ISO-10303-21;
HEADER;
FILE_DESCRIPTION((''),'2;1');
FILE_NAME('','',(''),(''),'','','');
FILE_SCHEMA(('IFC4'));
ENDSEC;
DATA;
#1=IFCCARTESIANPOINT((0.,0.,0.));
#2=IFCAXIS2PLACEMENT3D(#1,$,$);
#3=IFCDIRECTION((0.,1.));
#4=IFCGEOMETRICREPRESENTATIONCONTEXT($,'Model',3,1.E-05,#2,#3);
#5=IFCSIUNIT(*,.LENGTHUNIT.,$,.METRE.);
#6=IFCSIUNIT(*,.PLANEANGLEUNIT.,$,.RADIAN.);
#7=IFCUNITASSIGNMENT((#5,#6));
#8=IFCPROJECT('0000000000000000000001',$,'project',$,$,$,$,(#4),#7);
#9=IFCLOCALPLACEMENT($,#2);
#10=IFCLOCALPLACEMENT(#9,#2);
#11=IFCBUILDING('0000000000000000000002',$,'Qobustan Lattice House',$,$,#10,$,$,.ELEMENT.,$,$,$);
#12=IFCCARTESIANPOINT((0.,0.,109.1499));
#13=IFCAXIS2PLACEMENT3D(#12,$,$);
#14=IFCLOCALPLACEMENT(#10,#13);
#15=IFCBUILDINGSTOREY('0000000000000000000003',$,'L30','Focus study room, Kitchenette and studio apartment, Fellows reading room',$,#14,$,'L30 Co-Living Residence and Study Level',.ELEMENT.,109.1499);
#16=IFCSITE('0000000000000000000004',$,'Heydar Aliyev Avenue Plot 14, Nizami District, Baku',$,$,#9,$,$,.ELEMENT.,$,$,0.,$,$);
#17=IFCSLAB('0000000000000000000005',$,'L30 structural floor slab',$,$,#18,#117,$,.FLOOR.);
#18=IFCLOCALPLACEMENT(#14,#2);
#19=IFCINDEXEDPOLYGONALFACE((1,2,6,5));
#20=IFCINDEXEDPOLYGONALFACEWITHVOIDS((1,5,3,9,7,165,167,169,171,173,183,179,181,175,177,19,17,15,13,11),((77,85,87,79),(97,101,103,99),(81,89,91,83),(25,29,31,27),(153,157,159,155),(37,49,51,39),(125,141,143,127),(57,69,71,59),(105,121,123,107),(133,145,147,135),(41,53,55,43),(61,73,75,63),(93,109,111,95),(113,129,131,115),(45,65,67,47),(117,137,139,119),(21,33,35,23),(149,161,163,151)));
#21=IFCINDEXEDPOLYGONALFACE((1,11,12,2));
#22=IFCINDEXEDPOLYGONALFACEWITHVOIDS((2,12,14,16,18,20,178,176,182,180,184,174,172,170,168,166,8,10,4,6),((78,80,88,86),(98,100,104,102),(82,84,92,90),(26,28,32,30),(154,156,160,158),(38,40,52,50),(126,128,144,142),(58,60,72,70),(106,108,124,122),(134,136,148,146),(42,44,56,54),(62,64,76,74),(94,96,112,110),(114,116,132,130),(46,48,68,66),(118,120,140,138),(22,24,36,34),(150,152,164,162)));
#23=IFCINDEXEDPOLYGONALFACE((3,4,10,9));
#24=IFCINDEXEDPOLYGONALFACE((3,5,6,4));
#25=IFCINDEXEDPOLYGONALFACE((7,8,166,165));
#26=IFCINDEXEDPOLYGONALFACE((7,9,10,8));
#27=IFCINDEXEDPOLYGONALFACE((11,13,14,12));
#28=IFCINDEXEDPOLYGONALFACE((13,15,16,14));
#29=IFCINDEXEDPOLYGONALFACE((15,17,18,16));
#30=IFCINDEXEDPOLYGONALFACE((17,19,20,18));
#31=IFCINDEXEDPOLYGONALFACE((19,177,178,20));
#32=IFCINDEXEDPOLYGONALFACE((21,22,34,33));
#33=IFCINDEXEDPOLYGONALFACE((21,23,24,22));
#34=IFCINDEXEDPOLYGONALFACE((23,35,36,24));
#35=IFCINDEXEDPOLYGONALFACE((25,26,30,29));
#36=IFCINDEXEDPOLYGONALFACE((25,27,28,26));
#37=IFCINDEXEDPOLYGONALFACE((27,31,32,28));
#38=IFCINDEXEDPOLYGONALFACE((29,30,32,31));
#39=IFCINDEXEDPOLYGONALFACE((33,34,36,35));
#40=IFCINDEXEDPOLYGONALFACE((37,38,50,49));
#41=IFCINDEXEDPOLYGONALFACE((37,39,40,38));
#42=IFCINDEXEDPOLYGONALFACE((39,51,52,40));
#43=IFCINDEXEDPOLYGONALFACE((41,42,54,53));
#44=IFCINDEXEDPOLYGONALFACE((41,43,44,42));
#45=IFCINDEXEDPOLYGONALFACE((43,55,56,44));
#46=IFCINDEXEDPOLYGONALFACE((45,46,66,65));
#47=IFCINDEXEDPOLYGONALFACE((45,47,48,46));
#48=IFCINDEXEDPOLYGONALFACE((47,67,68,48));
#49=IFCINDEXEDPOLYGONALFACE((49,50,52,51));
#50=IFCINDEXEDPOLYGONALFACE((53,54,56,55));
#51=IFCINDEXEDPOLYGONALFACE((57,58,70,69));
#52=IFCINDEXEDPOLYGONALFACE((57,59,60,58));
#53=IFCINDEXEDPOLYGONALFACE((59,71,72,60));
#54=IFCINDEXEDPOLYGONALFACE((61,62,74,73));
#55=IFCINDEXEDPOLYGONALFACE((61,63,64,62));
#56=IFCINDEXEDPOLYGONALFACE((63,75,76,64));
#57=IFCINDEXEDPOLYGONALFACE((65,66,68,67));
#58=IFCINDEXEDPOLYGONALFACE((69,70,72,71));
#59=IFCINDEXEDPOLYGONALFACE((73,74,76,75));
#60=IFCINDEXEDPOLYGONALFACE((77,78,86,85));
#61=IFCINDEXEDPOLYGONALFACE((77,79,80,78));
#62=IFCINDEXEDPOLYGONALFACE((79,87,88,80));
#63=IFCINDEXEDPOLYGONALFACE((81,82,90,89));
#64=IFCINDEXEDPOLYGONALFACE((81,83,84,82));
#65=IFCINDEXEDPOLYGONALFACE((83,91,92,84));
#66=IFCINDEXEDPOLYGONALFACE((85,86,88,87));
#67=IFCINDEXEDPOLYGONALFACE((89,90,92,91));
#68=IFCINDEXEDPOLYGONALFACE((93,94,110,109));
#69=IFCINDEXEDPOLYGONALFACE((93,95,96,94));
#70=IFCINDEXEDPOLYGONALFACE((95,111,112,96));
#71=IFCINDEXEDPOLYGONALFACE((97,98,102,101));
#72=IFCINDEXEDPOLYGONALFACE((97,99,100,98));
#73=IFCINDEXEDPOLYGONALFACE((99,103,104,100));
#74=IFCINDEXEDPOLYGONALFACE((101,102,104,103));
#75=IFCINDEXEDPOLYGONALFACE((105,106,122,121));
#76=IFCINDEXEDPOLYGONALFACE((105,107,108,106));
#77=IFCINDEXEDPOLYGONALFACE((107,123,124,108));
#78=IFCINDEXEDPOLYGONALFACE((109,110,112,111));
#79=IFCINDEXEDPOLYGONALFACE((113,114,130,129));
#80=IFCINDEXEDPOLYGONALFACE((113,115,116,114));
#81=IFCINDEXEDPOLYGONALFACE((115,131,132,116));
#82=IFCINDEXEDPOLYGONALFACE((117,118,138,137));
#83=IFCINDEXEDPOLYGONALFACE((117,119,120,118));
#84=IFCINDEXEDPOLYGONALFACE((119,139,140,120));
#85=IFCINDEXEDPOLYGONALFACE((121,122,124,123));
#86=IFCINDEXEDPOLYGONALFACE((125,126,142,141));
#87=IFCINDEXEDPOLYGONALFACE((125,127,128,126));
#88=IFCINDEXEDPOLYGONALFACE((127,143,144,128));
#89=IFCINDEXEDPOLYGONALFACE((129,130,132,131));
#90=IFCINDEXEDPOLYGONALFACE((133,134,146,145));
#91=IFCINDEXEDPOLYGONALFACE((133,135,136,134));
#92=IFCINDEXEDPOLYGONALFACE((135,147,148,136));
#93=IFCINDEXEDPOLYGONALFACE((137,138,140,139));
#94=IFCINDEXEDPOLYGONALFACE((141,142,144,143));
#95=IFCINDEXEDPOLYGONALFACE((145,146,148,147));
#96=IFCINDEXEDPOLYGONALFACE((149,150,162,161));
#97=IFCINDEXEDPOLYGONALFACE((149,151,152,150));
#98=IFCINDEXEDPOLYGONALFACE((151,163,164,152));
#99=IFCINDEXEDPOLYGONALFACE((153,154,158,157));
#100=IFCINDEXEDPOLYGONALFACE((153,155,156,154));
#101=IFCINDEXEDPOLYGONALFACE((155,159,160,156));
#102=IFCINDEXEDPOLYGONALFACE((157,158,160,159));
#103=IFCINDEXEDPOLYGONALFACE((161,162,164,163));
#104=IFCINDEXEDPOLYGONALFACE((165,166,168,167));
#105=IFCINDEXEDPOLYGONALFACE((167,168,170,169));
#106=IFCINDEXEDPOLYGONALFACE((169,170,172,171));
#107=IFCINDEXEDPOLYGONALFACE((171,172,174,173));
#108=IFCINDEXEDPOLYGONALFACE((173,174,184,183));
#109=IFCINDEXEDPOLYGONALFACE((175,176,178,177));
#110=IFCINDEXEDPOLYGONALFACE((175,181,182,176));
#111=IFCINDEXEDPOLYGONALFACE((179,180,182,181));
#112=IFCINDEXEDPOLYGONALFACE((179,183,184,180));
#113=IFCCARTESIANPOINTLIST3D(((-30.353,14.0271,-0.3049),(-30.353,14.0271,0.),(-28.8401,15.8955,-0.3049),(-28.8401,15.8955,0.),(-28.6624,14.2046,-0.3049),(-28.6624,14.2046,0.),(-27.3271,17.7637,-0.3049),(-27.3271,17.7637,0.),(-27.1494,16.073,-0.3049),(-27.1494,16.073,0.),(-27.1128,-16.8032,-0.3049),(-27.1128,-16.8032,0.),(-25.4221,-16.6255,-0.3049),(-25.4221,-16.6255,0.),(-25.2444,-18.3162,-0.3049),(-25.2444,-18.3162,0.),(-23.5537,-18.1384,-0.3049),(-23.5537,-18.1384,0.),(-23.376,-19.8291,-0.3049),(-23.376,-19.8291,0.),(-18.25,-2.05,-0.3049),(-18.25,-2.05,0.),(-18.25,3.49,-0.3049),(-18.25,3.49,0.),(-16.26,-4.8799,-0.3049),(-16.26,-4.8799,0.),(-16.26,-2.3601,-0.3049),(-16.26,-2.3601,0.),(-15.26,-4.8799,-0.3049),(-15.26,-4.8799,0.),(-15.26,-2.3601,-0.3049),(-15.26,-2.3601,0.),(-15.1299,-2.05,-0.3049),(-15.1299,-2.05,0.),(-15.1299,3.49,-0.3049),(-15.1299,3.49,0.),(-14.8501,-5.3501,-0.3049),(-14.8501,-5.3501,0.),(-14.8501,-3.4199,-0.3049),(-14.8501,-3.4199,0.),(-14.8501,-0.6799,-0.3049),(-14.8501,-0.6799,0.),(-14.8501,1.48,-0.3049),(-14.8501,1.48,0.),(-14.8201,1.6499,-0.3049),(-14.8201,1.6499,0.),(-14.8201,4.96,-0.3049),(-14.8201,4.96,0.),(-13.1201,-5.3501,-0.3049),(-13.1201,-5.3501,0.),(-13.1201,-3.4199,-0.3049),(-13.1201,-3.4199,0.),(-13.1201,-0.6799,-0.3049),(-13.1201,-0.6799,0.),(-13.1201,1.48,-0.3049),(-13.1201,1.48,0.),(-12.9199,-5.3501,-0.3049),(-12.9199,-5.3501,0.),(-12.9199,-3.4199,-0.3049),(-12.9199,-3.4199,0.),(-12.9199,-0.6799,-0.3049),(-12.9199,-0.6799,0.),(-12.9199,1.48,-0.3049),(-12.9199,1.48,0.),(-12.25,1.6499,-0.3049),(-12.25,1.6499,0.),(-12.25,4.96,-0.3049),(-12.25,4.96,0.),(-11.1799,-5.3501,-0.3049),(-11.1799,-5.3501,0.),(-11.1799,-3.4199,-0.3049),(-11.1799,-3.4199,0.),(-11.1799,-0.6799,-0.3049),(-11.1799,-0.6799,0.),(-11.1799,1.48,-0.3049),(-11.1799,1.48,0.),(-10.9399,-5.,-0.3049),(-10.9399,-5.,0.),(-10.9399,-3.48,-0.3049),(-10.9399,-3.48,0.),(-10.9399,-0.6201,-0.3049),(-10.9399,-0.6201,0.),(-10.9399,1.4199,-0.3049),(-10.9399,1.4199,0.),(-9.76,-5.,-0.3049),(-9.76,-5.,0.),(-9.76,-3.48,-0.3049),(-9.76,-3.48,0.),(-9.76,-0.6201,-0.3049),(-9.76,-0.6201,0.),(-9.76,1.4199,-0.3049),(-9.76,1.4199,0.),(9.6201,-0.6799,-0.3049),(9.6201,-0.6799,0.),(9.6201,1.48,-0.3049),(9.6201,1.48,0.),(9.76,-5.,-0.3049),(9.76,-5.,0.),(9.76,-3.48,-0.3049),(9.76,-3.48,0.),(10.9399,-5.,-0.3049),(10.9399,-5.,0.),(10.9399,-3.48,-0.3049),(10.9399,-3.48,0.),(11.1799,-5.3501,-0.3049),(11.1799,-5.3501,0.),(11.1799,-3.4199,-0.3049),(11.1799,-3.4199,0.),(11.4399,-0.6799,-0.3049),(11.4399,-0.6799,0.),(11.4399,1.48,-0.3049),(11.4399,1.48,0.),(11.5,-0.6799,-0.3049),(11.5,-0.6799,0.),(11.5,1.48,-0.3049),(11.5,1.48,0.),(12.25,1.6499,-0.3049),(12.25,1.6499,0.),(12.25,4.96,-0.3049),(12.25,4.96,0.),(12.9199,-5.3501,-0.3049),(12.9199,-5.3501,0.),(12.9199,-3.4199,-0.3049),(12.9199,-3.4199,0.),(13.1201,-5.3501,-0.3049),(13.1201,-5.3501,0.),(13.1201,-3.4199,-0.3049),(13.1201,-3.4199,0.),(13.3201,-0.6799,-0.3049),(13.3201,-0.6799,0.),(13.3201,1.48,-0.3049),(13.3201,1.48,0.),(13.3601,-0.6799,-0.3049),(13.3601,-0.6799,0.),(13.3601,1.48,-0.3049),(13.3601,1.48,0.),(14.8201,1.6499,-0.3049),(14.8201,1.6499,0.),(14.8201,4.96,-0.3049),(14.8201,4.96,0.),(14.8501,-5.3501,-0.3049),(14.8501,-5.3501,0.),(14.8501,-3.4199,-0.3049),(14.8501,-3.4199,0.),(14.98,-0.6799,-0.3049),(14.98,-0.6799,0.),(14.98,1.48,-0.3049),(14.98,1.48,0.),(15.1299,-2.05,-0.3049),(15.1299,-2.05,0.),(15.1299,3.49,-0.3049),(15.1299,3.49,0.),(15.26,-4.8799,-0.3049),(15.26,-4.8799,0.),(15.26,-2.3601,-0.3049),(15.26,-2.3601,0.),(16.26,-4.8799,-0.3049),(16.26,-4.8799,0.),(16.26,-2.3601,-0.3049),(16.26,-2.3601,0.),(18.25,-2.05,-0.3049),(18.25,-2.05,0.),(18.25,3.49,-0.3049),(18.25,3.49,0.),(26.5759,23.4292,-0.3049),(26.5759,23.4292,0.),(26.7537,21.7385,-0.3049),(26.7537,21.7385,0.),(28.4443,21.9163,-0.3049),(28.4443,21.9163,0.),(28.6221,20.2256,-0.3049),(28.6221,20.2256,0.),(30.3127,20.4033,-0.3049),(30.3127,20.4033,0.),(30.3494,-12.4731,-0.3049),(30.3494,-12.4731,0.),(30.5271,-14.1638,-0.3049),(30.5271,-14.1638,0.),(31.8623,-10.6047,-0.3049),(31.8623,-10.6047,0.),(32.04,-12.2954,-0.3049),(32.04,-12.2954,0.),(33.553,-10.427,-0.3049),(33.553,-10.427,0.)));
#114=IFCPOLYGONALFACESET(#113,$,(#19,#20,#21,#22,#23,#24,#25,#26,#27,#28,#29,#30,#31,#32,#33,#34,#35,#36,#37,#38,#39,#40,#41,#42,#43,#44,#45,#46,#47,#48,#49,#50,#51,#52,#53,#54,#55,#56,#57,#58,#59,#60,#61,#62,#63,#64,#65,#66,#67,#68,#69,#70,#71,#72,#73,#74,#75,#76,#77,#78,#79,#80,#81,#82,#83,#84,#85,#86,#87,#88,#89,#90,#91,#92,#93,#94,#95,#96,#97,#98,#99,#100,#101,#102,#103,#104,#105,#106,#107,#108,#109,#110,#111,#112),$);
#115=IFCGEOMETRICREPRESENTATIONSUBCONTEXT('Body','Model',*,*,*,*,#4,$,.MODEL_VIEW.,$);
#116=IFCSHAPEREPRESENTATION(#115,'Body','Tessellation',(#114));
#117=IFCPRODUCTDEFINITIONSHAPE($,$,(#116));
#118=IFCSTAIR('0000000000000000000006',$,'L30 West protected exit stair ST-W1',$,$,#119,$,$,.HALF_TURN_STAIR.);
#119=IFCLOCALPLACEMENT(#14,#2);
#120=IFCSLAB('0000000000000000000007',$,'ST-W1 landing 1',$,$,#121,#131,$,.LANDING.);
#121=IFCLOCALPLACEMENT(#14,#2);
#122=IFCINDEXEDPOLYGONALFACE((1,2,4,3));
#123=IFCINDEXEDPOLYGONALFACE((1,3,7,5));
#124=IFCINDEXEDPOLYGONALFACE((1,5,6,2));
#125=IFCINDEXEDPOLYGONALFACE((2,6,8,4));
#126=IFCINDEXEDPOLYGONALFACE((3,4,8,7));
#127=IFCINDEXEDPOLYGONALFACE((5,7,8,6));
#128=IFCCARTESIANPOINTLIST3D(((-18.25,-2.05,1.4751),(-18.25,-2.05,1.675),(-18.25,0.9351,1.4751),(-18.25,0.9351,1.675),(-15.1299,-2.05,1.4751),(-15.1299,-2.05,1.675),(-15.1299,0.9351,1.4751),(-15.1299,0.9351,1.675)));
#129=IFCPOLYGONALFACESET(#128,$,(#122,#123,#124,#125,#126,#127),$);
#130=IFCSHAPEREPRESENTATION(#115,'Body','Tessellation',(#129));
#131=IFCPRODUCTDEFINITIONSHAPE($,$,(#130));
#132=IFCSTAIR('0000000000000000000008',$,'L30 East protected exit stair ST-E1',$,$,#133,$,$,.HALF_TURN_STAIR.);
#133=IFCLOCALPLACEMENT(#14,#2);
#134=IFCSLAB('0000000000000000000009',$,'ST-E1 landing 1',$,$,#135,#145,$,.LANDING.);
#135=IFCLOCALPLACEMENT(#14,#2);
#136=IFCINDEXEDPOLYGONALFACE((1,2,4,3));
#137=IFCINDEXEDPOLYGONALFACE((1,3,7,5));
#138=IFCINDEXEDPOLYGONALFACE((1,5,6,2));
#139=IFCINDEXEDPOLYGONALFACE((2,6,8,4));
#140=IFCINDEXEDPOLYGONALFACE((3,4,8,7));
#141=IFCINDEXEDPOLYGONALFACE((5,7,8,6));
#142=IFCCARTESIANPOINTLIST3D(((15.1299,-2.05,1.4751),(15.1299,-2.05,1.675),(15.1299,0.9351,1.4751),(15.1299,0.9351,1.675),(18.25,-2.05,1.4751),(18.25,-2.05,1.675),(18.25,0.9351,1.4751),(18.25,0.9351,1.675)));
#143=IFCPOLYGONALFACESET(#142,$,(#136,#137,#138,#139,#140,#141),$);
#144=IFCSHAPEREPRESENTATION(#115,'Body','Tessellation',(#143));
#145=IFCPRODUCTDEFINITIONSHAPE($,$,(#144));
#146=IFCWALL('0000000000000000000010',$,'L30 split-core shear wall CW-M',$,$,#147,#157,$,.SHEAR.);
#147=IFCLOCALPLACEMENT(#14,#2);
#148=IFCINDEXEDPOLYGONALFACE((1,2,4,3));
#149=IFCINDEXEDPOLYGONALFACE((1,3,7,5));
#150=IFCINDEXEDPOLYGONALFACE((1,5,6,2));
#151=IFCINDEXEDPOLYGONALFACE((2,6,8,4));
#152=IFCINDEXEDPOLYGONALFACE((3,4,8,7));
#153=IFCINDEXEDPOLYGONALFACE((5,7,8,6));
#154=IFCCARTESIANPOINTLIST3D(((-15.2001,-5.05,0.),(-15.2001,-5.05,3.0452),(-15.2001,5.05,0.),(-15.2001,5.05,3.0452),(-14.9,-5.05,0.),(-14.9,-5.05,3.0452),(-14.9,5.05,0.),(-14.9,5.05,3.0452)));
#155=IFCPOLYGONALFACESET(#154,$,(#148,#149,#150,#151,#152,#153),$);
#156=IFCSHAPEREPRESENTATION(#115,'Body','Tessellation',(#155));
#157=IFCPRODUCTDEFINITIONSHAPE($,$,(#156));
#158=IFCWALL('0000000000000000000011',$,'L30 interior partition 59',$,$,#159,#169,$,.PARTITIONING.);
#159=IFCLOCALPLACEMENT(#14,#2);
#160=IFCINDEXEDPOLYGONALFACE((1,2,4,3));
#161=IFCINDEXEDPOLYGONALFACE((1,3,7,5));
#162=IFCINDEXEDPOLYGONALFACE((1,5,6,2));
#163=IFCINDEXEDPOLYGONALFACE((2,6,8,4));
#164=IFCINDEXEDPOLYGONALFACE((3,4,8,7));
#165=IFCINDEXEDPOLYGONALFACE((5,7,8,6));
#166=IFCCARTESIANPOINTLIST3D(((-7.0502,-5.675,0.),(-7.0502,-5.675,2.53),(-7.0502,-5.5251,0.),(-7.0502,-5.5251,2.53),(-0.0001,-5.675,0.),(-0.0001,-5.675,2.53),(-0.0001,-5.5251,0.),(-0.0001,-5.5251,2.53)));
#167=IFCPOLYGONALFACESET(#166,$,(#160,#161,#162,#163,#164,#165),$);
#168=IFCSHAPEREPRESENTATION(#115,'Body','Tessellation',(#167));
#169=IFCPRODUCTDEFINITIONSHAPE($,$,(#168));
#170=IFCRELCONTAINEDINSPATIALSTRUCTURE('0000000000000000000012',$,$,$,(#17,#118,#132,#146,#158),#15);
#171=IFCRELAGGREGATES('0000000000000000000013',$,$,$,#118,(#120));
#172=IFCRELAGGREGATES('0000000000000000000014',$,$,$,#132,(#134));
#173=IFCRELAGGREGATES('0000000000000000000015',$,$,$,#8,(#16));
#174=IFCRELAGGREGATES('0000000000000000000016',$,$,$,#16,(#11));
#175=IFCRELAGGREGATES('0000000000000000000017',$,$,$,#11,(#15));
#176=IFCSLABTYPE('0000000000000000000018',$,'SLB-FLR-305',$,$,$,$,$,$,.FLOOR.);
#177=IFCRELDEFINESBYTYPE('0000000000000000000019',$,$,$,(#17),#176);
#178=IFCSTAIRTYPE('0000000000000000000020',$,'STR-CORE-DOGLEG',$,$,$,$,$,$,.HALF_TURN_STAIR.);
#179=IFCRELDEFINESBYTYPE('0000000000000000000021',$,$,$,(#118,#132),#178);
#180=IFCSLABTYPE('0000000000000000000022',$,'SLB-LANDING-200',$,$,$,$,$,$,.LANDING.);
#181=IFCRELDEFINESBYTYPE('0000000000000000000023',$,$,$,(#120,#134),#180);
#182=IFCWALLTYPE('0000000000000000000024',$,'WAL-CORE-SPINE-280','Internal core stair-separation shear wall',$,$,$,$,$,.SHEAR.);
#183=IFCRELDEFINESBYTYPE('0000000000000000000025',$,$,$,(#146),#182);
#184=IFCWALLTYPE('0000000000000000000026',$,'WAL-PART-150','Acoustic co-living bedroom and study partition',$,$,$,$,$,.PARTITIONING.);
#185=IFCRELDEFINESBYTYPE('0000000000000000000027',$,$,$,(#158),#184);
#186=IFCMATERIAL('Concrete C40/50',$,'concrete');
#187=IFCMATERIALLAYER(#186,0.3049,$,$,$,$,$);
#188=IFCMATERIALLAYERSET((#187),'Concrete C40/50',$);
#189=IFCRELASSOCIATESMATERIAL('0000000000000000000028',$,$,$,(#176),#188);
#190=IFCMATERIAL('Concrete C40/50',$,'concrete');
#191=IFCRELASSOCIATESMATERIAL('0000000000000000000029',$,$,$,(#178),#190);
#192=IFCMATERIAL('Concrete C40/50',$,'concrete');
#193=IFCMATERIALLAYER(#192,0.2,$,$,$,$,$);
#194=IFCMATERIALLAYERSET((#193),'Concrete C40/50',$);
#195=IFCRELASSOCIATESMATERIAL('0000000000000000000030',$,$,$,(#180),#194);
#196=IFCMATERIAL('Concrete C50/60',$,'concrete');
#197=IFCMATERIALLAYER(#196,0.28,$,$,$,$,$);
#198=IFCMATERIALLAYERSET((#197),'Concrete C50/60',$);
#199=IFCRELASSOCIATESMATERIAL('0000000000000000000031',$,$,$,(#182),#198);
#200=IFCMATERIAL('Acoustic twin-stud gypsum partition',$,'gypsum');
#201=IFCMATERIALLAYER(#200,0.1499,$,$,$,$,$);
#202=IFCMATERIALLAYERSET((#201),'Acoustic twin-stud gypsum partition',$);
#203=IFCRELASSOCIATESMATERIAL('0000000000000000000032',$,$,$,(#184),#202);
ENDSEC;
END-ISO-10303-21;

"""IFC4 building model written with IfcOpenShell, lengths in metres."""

from ifc_helpers import new_model, si_unit, direction, frame, frame_2d, origin, place, context, subcontext, project, spatial, polyline, rectangle, outline, extrude, material, layer, layer_set, type_object, element, aggregate, save


model = new_model("IFC4")

# Units and contexts
model_context = context("Model", 3, precision=1e-05, world=origin(), true_north=direction((0.0, 1.0)))
body_context = subcontext(model_context, "Body", "Model", "MODEL_VIEW")
ifc_project = project(units=[si_unit("LENGTHUNIT", "METRE"), si_unit("PLANEANGLEUNIT", "RADIAN")], contexts=[model_context])

# Site, building, storey
site_placement = place(None, origin())
site = spatial("IfcSite", under=ifc_project, at=site_placement, Name="Heydar Aliyev Avenue Plot 14, Nizami District, Baku", CompositionType="ELEMENT", RefElevation=0.0)
building_placement = place(site_placement, origin())
building = spatial("IfcBuilding", under=site, at=building_placement, Name="Qobustan Lattice House", CompositionType="ELEMENT")
storey_placement = place(building_placement, frame((0.0, 0.0, 109.1499)))
storey = spatial("IfcBuildingStorey", under=building, at=storey_placement, Name="L30", Description="Focus study room, Kitchenette and studio apartment, Fellows reading room", LongName="L30 Co-Living Residence and Study Level", CompositionType="ELEMENT", Elevation=109.1499)

# Slab
ifc_material_1 = material(Name="Concrete C40/50", Category="concrete")
ifc_layer_1 = layer(ifc_material_1, 0.3049)
ifc_layer_set_1 = layer_set([ifc_layer_1], Name="Concrete C40/50")
slab_type_1 = type_object("IfcSlabType", Name="SLB-FLR-305", PredefinedType="FLOOR", material=ifc_layer_set_1)
slab_1_placement = place(storey_placement, frame((0.0, 0.0, -0.3049)))
element("IfcSlab", 1, at=slab_1_placement, inside=storey, type_object=slab_type_1, Name="L30 structural floor slab", PredefinedType="FLOOR", context=body_context, shape_type="SweptSolid", body=[
    extrude(outline(polyline([(-23.376, -19.8291), (30.5271, -14.1638), (30.3494, -12.4731), (32.04, -12.2954), (31.8623, -10.6047), (33.553, -10.427), (30.3127, 20.4033), (28.6221, 20.2256), (28.4443, 21.9163), (26.7537, 21.7385), (26.5759, 23.4292), (-27.3271, 17.7637), (-27.1494, 16.073), (-28.8401, 15.8955), (-28.6624, 14.2046), (-30.353, 14.0271), (-27.1128, -16.8032), (-25.4221, -16.6255), (-25.2444, -18.3162), (-23.5537, -18.1384), (-23.376, -19.8291)]), holes=[polyline([(-18.25, -2.05), (-18.25, 3.49), (-15.1299, 3.49), (-15.1299, -2.05), (-18.25, -2.05)]), polyline([(15.1299, -2.05), (15.1299, 3.49), (18.25, 3.49), (18.25, -2.05), (15.1299, -2.05)]), polyline([(-14.8201, 1.6499), (-14.8201, 4.96), (-12.25, 4.96), (-12.25, 1.6499), (-14.8201, 1.6499)]), polyline([(12.25, 1.6499), (12.25, 4.96), (14.8201, 4.96), (14.8201, 1.6499), (12.25, 1.6499)]), polyline([(-16.26, -4.8799), (-16.26, -2.3601), (-15.26, -2.3601), (-15.26, -4.8799), (-16.26, -4.8799)]), polyline([(15.26, -4.8799), (15.26, -2.3601), (16.26, -2.3601), (16.26, -4.8799), (15.26, -4.8799)]), polyline([(-14.8501, -5.3501), (-14.8501, -3.4199), (-13.1201, -3.4199), (-13.1201, -5.3501), (-14.8501, -5.3501)]), polyline([(-12.9199, -5.3501), (-12.9199, -3.4199), (-11.1799, -3.4199), (-11.1799, -5.3501), (-12.9199, -5.3501)]), polyline([(-14.8501, -0.6799), (-14.8501, 1.48), (-13.1201, 1.48), (-13.1201, -0.6799), (-14.8501, -0.6799)]), polyline([(-12.9199, -0.6799), (-12.9199, 1.48), (-11.1799, 1.48), (-11.1799, -0.6799), (-12.9199, -0.6799)]), polyline([(-10.9399, -5.0), (-10.9399, -3.48), (-9.76, -3.48), (-9.76, -5.0), (-10.9399, -5.0)]), polyline([(-10.9399, -0.6201), (-10.9399, 1.4199), (-9.76, 1.4199), (-9.76, -0.6201), (-10.9399, -0.6201)]), polyline([(11.1799, -5.3501), (11.1799, -3.4199), (12.9199, -3.4199), (12.9199, -5.3501), (11.1799, -5.3501)]), polyline([(13.1201, -5.3501), (13.1201, -3.4199), (14.8501, -3.4199), (14.8501, -5.3501), (13.1201, -5.3501)]), polyline([(9.76, -5.0), (9.76, -3.48), (10.9399, -3.48), (10.9399, -5.0), (9.76, -5.0)]), polyline([(13.3601, -0.6799), (13.3601, 1.48), (14.98, 1.48), (14.98, -0.6799), (13.3601, -0.6799)]), polyline([(9.6201, -0.6799), (9.6201, 1.48), (11.4399, 1.48), (11.4399, -0.6799), (9.6201, -0.6799)]), polyline([(11.5, -0.6799), (11.5, 1.48), (13.3201, 1.48), (13.3201, -0.6799), (11.5, -0.6799)])]), origin(), (0.0, 0.0, 1.0), 0.3049),
])

# Stairs, slabs
ifc_material_2 = material(Name="Concrete C40/50", Category="concrete")
stair_type = type_object("IfcStairType", Name="STR-CORE-DOGLEG", PredefinedType="HALF_TURN_STAIR", material=ifc_material_2)
stair_1_placement = place(storey_placement, origin())
stair_1 = element("IfcStair", 2, at=stair_1_placement, inside=storey, type_object=stair_type, Name="L30 West protected exit stair ST-W1", PredefinedType="HALF_TURN_STAIR")
ifc_material_3 = material(Name="Concrete C40/50", Category="concrete")
ifc_layer_2 = layer(ifc_material_3, 0.2)
ifc_layer_set_2 = layer_set([ifc_layer_2], Name="Concrete C40/50")
slab_type_2 = type_object("IfcSlabType", Name="SLB-LANDING-200", PredefinedType="LANDING", material=ifc_layer_set_2)
slab_2_placement = place(storey_placement, frame((0.0, 0.0, 1.4751)))
slab_2 = element("IfcSlab", 3, at=slab_2_placement, type_object=slab_type_2, Name="ST-W1 landing 1", PredefinedType="LANDING", context=body_context, shape_type="SweptSolid", body=[
    extrude(outline(polyline([(-18.25, 0.9351), (-18.25, -2.05), (-15.1299, -2.05), (-15.1299, 0.9351), (-18.25, 0.9351)])), origin(), (0.0, 0.0, 1.0), 0.2),
])
aggregate(stair_1, [slab_2])
stair_2_placement = place(storey_placement, origin())
stair_2 = element("IfcStair", 4, at=stair_2_placement, inside=storey, type_object=stair_type, Name="L30 East protected exit stair ST-E1", PredefinedType="HALF_TURN_STAIR")
slab_3_placement = place(storey_placement, frame((0.0, 0.0, 1.4751)))
slab_3 = element("IfcSlab", 5, at=slab_3_placement, type_object=slab_type_2, Name="ST-E1 landing 1", PredefinedType="LANDING", context=body_context, shape_type="SweptSolid", body=[
    extrude(outline(polyline([(15.1299, 0.9351), (15.1299, -2.05), (18.25, -2.05), (18.25, 0.9351), (15.1299, 0.9351)])), origin(), (0.0, 0.0, 1.0), 0.2),
])
aggregate(stair_2, [slab_3])

# Walls
ifc_material_4 = material(Name="Concrete C50/60", Category="concrete")
ifc_layer_3 = layer(ifc_material_4, 0.28)
ifc_layer_set_3 = layer_set([ifc_layer_3], Name="Concrete C50/60")
wall_type_1 = type_object("IfcWallType", Name="WAL-CORE-SPINE-280", Description="Internal core stair-separation shear wall", PredefinedType="SHEAR", material=ifc_layer_set_3)
wall_1_placement = place(storey_placement, frame((-15.05, -5.05, 0.0), z_axis=(0.0, 0.0, 1.0), x_axis=(0.0, 1.0, 0.0)))
element("IfcWall", 6, at=wall_1_placement, inside=storey, type_object=wall_type_1, Name="L30 split-core shear wall CW-M", PredefinedType="SHEAR", context=body_context, shape_type="SweptSolid", body=[
    extrude(rectangle(XDim=10.1001, YDim=0.3, at=frame_2d((5.05, 0.0))), origin(), (0.0, 0.0, 1.0), 3.0452),
])
ifc_material_5 = material(Name="Acoustic twin-stud gypsum partition", Category="gypsum")
ifc_layer_4 = layer(ifc_material_5, 0.1499)
ifc_layer_set_4 = layer_set([ifc_layer_4], Name="Acoustic twin-stud gypsum partition")
wall_type_2 = type_object("IfcWallType", Name="WAL-PART-150", Description="Acoustic co-living bedroom and study partition", PredefinedType="PARTITIONING", material=ifc_layer_set_4)
wall_2_placement = place(storey_placement, frame((-7.05, -5.6001, 0.0), z_axis=(0.0, 0.0, 1.0), x_axis=(1.0, 0.0, 0.0)))
element("IfcWall", 7, at=wall_2_placement, inside=storey, type_object=wall_type_2, Name="L30 interior partition 59", PredefinedType="PARTITIONING", context=body_context, shape_type="SweptSolid", body=[
    extrude(rectangle(XDim=7.05, YDim=0.1499, at=frame_2d((3.5249, 0.0))), origin(), (0.0, 0.0, 1.0), 2.53),
])

save(model, "model.ifc")
